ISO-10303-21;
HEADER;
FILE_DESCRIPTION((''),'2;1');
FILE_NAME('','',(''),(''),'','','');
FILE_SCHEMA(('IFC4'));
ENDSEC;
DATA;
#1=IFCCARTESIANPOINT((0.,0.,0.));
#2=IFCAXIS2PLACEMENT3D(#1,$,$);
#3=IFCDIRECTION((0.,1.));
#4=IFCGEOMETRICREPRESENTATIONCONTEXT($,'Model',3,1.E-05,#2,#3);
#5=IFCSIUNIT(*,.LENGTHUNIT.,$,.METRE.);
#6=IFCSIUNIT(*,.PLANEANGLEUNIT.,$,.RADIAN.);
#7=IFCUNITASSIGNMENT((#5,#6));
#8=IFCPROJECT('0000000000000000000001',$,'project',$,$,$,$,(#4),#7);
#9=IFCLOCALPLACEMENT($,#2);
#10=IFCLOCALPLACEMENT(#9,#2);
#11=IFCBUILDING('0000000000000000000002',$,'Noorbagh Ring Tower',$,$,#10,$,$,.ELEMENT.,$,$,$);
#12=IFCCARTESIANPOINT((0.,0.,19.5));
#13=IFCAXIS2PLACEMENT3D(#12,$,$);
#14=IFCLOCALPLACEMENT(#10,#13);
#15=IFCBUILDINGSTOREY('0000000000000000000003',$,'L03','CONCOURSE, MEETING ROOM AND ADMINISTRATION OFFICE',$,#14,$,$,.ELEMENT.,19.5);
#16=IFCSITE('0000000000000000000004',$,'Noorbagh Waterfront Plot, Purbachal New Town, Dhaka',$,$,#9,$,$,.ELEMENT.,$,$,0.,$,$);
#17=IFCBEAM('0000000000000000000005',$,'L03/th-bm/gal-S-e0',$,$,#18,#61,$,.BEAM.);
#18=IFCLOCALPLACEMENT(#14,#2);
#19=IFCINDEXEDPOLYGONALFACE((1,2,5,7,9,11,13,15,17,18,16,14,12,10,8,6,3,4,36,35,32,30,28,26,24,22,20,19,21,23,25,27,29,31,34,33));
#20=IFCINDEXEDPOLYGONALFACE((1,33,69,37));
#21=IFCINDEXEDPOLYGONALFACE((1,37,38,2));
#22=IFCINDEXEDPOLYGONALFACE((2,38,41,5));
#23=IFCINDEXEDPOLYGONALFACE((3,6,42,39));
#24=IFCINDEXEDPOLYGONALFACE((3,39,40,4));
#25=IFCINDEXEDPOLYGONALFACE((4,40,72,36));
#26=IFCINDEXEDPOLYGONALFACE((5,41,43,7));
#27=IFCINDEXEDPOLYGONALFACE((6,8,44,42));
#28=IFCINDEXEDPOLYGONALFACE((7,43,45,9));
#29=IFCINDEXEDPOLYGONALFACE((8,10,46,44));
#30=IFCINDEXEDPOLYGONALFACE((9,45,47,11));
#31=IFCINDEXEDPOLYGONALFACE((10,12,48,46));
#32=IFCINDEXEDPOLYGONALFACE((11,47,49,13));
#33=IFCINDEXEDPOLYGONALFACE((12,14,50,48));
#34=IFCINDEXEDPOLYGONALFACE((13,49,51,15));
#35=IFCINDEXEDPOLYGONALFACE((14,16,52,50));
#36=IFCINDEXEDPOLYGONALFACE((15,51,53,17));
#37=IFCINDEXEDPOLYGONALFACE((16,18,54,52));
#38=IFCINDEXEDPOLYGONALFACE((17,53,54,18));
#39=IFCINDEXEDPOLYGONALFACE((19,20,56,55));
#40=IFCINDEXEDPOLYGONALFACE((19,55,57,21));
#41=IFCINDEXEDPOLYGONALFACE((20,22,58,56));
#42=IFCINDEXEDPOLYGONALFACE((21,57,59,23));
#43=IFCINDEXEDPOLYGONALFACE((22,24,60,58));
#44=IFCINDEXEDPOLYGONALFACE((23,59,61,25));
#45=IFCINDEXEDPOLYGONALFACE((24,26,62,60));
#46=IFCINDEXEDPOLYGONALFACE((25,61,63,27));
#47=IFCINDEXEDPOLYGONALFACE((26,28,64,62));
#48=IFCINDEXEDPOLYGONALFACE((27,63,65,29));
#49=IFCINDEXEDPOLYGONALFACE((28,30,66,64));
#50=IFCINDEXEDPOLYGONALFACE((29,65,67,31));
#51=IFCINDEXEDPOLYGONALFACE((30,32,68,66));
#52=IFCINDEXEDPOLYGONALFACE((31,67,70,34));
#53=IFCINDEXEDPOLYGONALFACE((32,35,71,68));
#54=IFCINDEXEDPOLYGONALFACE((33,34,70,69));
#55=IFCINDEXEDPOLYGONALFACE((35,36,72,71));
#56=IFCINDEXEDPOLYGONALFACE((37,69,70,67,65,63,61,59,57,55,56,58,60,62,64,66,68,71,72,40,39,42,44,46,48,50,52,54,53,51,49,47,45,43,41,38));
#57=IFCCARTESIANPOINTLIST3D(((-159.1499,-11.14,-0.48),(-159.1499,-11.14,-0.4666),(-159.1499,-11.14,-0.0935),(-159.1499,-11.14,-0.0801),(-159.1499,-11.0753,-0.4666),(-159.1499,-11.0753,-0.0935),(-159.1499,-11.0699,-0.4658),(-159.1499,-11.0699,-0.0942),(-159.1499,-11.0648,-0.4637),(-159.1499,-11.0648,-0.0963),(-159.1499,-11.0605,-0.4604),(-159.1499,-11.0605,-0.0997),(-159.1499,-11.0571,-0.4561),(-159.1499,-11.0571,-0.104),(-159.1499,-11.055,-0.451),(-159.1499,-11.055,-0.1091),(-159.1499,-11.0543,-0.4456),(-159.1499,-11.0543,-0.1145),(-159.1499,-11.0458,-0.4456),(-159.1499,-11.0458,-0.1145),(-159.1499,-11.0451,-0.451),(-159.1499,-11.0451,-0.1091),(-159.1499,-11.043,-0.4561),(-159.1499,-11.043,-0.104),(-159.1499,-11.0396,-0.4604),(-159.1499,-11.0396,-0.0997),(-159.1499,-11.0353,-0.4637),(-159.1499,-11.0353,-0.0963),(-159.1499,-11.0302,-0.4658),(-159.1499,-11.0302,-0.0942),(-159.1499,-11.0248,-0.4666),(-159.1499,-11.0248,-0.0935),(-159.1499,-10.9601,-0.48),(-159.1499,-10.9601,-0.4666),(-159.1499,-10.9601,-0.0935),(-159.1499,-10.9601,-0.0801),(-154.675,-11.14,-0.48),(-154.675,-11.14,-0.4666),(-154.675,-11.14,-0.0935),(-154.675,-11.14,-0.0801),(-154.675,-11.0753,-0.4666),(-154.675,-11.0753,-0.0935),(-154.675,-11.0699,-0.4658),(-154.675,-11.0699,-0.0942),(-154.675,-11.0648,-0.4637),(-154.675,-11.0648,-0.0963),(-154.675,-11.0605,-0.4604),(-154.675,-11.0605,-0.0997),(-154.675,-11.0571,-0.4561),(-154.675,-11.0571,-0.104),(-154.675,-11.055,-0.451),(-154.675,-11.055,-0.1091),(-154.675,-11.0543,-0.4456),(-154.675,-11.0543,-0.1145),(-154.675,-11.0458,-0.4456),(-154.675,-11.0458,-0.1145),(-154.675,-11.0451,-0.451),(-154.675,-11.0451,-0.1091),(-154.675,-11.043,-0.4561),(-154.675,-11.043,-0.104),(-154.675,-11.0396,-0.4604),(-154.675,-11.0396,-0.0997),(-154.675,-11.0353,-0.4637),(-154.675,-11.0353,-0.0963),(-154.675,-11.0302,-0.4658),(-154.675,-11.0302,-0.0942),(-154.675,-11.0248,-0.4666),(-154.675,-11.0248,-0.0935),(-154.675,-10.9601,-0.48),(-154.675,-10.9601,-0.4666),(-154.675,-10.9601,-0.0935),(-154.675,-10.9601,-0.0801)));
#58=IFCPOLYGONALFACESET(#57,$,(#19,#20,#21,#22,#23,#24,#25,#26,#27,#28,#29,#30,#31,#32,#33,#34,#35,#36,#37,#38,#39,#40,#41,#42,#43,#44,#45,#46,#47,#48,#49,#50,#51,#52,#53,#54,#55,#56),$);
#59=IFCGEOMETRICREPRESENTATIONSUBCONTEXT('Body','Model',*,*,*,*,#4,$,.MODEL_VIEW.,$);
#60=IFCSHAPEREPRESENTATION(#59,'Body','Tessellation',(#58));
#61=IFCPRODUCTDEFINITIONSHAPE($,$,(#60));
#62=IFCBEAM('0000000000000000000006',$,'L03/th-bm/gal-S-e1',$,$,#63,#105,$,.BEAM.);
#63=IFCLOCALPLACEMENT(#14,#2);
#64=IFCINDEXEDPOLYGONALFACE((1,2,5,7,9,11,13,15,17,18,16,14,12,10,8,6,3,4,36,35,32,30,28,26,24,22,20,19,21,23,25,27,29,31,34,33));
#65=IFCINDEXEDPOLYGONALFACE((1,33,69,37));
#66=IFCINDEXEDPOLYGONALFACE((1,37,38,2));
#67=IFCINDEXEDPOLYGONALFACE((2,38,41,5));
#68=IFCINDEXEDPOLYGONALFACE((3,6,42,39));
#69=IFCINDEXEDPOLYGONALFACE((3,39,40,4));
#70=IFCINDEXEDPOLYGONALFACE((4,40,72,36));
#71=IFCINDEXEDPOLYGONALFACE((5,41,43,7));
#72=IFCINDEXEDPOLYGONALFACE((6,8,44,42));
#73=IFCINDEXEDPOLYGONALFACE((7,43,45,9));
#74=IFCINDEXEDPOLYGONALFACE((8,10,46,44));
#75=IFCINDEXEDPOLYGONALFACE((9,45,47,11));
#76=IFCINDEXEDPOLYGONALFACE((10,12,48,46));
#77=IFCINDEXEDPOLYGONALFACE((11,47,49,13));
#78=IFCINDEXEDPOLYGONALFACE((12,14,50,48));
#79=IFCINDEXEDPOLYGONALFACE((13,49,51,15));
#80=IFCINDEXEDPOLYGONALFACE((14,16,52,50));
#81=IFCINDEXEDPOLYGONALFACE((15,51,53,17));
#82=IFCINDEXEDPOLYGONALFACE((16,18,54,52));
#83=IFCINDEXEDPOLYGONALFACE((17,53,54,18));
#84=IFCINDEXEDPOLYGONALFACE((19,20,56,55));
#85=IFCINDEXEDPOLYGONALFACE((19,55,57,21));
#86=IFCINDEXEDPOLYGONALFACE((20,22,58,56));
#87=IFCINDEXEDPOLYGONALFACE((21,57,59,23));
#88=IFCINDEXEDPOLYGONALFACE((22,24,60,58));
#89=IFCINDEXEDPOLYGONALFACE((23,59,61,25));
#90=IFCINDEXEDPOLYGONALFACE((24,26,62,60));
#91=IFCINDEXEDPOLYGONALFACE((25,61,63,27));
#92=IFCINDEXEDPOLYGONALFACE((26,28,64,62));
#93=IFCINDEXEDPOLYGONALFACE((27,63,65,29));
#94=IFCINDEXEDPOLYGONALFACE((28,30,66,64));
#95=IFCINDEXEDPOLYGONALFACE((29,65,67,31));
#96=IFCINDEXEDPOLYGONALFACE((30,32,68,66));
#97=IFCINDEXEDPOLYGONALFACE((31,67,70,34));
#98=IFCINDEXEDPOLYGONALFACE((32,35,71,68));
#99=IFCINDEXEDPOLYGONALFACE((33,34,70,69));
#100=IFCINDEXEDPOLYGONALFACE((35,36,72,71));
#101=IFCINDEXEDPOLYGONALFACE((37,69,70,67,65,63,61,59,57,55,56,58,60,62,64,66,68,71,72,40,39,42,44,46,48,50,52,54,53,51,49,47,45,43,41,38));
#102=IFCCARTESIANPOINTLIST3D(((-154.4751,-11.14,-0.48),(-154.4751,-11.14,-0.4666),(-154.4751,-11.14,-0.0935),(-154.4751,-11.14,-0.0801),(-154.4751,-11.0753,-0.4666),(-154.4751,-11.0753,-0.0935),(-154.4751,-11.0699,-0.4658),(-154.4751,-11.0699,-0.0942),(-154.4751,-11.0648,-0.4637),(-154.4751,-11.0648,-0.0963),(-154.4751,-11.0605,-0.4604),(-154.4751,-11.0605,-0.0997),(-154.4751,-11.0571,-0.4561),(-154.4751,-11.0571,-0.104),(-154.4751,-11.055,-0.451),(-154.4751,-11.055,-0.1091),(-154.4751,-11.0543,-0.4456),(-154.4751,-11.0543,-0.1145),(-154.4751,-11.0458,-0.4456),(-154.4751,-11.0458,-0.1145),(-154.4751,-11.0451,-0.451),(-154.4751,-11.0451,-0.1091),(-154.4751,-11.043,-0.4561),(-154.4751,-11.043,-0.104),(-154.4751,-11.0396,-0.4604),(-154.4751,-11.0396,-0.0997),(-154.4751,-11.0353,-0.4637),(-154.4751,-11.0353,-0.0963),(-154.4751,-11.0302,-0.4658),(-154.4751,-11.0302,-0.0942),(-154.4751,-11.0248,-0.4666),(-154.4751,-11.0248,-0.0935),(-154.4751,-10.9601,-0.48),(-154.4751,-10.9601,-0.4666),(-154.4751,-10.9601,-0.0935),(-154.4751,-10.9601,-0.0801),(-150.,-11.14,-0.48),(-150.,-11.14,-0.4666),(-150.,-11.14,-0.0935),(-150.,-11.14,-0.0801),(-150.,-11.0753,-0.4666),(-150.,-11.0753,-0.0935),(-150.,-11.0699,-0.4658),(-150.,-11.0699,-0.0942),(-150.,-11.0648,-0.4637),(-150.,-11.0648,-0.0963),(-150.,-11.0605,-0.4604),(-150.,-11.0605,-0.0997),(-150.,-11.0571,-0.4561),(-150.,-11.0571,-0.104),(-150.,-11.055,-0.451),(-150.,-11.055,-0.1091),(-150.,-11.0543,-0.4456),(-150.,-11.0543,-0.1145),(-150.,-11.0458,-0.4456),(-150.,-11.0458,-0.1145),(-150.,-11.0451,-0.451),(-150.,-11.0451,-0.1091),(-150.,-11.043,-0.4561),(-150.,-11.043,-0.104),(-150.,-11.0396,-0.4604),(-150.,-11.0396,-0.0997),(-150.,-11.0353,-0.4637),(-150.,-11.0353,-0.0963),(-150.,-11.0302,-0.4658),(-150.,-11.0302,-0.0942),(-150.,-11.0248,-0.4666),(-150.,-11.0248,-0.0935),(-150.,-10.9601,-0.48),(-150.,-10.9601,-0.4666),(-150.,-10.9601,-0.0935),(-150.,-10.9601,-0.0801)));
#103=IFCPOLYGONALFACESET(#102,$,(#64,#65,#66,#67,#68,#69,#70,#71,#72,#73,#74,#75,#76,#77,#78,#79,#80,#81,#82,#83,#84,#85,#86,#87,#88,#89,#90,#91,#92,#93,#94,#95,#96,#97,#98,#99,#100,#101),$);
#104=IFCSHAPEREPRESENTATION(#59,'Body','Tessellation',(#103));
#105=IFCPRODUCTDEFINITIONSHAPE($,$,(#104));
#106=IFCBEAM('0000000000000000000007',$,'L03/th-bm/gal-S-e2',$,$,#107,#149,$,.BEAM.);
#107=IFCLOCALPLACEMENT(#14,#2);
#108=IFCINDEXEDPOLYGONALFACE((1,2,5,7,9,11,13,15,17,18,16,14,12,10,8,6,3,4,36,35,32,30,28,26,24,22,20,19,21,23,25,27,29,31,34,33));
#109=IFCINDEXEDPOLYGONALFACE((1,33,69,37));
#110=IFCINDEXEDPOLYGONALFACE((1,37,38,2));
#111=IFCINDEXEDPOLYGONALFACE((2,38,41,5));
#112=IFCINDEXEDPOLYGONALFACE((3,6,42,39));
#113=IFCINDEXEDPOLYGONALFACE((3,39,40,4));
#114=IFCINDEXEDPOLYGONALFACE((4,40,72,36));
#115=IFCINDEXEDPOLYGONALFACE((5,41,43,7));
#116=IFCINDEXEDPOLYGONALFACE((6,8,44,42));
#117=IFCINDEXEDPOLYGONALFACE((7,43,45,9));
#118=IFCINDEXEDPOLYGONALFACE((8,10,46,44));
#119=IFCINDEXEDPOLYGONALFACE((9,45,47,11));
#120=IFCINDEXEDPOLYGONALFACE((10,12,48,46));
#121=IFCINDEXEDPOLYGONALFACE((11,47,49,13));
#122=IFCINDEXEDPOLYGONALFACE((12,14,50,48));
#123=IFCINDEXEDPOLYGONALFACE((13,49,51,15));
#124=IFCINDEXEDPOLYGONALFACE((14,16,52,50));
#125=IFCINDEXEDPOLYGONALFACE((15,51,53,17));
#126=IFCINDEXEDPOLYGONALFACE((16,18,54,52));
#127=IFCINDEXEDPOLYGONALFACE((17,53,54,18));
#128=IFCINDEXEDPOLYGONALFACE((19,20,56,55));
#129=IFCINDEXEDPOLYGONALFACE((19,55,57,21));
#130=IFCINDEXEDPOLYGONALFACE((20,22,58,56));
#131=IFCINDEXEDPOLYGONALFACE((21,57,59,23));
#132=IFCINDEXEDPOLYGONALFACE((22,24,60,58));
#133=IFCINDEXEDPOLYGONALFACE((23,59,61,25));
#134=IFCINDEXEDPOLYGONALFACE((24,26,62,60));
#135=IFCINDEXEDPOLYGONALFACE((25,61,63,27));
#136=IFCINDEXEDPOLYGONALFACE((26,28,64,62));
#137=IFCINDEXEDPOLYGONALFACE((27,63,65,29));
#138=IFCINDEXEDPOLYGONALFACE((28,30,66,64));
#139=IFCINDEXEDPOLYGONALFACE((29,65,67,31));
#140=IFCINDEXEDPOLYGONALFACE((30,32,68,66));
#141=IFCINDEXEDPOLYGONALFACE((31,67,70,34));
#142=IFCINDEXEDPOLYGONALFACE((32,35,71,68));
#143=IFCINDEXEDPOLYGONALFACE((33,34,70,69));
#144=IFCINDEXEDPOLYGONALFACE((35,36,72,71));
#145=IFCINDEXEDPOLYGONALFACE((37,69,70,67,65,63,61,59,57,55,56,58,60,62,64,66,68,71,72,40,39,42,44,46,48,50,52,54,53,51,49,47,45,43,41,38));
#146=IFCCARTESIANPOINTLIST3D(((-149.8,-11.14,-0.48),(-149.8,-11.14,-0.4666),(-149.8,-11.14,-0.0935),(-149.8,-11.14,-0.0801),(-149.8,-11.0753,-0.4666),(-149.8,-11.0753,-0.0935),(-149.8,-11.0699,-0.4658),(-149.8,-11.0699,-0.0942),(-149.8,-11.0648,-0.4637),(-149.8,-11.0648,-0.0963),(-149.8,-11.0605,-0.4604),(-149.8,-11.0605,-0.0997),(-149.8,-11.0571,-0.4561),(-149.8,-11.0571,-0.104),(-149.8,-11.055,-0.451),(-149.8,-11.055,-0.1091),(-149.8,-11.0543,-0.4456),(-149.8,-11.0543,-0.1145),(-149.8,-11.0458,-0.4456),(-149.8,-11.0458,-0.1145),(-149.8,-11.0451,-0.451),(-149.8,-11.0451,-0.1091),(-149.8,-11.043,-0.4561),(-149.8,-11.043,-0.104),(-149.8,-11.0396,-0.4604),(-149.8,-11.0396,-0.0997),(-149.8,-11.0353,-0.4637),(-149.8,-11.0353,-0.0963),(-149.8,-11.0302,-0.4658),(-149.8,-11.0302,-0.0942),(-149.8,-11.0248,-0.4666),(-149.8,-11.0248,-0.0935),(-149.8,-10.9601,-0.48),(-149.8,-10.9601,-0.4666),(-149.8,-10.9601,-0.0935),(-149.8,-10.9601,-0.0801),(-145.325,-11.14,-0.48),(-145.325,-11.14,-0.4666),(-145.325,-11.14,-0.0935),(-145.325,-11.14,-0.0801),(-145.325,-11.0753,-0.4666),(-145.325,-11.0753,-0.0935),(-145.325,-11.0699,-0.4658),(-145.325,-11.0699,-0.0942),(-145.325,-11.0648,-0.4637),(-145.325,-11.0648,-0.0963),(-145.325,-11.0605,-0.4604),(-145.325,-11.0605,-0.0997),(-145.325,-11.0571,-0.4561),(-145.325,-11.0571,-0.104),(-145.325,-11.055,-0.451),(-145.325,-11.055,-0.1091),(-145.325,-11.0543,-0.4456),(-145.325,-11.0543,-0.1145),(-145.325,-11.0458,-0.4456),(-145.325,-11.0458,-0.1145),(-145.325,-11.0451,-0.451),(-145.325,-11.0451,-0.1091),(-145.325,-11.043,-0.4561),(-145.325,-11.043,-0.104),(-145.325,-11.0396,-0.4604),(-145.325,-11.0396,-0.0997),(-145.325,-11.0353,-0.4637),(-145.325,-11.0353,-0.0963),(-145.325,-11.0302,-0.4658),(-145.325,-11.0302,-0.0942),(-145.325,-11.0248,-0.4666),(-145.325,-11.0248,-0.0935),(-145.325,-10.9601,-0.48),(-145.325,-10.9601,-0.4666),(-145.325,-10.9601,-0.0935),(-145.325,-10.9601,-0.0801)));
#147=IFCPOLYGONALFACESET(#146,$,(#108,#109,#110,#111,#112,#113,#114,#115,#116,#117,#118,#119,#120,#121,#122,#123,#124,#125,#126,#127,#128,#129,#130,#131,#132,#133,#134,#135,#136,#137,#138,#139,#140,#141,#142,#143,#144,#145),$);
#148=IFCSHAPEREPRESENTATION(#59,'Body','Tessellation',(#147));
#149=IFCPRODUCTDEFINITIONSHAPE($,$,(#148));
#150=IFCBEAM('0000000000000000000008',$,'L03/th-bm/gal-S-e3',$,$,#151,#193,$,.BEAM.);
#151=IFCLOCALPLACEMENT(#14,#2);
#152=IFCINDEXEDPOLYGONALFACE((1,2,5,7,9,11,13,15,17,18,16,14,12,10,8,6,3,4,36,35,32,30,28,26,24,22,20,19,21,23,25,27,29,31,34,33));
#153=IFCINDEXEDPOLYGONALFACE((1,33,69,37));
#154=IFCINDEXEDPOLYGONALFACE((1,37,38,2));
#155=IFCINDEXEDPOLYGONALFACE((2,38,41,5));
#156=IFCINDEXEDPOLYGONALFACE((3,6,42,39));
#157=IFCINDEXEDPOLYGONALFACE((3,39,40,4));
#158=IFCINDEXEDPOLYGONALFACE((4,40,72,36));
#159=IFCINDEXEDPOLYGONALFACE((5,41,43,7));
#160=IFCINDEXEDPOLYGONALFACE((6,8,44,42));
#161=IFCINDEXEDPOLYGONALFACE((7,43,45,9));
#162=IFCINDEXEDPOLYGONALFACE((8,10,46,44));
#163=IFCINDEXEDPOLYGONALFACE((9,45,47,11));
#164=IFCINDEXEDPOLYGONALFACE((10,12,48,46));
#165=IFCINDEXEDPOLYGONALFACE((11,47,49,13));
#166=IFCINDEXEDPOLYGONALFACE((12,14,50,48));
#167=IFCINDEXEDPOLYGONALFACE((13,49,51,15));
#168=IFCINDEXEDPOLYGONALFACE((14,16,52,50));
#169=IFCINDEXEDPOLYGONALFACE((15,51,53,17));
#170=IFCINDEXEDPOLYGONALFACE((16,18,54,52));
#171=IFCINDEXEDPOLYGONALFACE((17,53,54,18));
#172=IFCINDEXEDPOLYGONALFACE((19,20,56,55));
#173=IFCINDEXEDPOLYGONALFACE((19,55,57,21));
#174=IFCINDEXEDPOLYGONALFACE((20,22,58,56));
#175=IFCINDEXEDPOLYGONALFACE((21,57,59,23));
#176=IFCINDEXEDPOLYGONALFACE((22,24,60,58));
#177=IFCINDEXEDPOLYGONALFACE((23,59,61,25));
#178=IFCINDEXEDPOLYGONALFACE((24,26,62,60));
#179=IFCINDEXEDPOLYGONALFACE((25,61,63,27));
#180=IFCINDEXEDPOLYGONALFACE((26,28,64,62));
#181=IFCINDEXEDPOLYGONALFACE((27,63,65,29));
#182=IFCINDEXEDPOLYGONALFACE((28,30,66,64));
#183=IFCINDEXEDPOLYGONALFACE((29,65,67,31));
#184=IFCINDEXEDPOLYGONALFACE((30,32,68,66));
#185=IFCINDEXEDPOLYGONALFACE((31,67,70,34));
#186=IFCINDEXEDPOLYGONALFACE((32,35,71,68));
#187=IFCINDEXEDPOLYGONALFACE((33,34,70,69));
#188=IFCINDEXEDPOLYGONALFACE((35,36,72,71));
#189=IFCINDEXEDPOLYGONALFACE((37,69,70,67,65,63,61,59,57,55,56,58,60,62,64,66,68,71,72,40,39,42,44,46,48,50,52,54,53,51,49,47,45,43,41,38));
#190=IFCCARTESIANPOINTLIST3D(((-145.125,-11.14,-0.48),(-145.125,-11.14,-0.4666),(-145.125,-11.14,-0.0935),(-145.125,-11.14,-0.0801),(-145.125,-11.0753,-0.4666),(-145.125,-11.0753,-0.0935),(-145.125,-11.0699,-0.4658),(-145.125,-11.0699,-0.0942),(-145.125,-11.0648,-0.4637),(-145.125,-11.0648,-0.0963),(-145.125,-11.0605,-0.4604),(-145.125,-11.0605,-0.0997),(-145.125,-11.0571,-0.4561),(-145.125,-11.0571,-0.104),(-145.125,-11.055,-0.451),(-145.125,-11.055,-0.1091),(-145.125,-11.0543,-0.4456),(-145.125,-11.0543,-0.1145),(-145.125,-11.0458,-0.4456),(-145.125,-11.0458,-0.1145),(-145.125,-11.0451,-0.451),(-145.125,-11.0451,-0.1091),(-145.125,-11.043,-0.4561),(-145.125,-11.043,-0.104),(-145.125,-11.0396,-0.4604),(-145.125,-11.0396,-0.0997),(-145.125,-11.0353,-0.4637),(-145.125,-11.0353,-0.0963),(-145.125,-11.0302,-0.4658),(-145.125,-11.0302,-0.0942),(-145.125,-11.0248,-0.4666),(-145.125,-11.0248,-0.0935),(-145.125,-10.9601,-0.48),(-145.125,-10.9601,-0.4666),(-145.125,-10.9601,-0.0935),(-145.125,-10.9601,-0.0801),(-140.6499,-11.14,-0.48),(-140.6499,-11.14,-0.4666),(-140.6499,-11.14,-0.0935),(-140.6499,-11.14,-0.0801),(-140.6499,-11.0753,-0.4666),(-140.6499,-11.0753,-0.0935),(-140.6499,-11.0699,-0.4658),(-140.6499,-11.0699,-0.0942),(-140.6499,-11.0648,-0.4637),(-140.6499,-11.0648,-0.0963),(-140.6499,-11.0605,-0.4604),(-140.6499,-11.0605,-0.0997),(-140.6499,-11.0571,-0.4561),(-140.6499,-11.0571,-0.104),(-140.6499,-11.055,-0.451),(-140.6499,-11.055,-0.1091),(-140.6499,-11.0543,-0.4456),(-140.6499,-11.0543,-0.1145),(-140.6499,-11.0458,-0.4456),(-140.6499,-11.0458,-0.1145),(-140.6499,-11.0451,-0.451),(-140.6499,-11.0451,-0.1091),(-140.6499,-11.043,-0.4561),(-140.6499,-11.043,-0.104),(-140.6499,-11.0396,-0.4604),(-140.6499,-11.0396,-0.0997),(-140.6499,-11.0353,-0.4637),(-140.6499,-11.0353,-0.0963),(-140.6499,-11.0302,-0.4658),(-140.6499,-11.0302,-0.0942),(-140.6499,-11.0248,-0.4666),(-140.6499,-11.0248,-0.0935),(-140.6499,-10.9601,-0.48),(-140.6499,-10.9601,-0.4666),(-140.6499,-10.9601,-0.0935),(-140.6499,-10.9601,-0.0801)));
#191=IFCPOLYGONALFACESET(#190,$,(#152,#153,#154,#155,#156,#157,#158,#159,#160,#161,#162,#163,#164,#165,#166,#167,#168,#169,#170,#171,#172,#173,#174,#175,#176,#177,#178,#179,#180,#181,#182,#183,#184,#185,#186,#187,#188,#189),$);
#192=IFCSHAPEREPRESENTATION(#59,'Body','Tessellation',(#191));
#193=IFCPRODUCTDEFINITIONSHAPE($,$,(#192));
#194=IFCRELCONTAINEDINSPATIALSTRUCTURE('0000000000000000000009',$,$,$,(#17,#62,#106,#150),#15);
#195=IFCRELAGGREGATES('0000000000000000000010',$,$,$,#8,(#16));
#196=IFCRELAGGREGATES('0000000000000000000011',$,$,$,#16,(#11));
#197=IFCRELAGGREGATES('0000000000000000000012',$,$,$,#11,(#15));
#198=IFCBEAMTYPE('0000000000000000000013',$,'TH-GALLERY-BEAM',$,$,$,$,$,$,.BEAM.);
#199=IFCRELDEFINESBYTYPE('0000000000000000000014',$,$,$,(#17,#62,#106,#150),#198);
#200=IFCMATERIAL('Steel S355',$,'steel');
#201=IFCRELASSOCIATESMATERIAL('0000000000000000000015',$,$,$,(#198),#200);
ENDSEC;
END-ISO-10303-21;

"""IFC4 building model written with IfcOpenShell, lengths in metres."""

from ifc_helpers import new_model, si_unit, direction, frame, origin, origin_2d, place, context, subcontext, project, spatial, i_section, extrude, material, material_profile, profile_set, type_object, element, save


model = new_model("IFC4")

# Units and contexts
model_context = context("Model", 3, precision=1e-05, world=origin(), true_north=direction((0.0, 1.0)))
body_context = subcontext(model_context, "Body", "Model", "MODEL_VIEW")
ifc_project = project(units=[si_unit("LENGTHUNIT", "METRE"), si_unit("PLANEANGLEUNIT", "RADIAN")], contexts=[model_context])

# Site, building, storey
site_placement = place(None, origin())
site = spatial("IfcSite", under=ifc_project, at=site_placement, Name="Noorbagh Waterfront Plot, Purbachal New Town, Dhaka", CompositionType="ELEMENT", RefElevation=0.0)
building_placement = place(site_placement, origin())
building = spatial("IfcBuilding", under=site, at=building_placement, Name="Noorbagh Ring Tower", CompositionType="ELEMENT")
storey_placement = place(building_placement, frame((0.0, 0.0, 19.5)))
storey = spatial("IfcBuildingStorey", under=building, at=storey_placement, Name="L03", Description="CONCOURSE, MEETING ROOM AND ADMINISTRATION OFFICE", CompositionType="ELEMENT", Elevation=19.5)

# Beams
ifc_material_1 = material(Name="Steel S355", Category="steel")
ifc_material_profile_1 = material_profile(ifc_material_1, i_section(OverallWidth=0.1799, OverallDepth=0.3999, WebThickness=0.0085, FlangeThickness=0.0134, FilletRadius=0.021, at=origin_2d()), Name="IPE400")
ifc_profile_set_1 = profile_set([ifc_material_profile_1], Name="Steel S355")
beam_type_1 = type_object("IfcBeamType", Name="TH-GALLERY-BEAM", PredefinedType="BEAM", material=ifc_profile_set_1)
beam_placement = place(storey_placement, frame((-159.1499, -11.05, -0.28), z_axis=(1.0, 0.0, 0.0), x_axis=(0.0, 1.0, 0.0)))
element("IfcBeam", 1, at=beam_placement, inside=storey, type_object=beam_type_1, Name="L03/th-bm/gal-S-e0", PredefinedType="BEAM", context=body_context, shape_type="SweptSolid", body=[
    extrude(i_section(OverallWidth=0.1799, OverallDepth=0.3999, WebThickness=0.0085, FlangeThickness=0.0134, FilletRadius=0.021, at=origin_2d()), origin(), (0.0, 0.0, 1.0), 4.4749),
])
for number, where, z_axis, x_axis, name in (
    (2, (-154.4751, -11.05, -0.28), (1.0, 0.0, 0.0), (0.0, 1.0, 0.0), "L03/th-bm/gal-S-e1"),
    (3, (-149.8, -11.05, -0.28), (1.0, 0.0, 0.0), (0.0, 1.0, 0.0), "L03/th-bm/gal-S-e2"),
    (4, (-145.125, -11.05, -0.28), (1.0, 0.0, 0.0), (0.0, 1.0, 0.0), "L03/th-bm/gal-S-e3"),
):
    element("IfcBeam", number, at=place(storey_placement, frame(where, z_axis=z_axis, x_axis=x_axis)), inside=storey, type_object=beam_type_1, Name=name, PredefinedType="BEAM", context=body_context, shape_type="SweptSolid", body=[
        extrude(i_section(OverallWidth=0.1799, OverallDepth=0.3999, WebThickness=0.0085, FlangeThickness=0.0134, FilletRadius=0.021, at=origin_2d()), origin(), (0.0, 0.0, 1.0), 4.4751),
    ])

save(model, "model.ifc")
